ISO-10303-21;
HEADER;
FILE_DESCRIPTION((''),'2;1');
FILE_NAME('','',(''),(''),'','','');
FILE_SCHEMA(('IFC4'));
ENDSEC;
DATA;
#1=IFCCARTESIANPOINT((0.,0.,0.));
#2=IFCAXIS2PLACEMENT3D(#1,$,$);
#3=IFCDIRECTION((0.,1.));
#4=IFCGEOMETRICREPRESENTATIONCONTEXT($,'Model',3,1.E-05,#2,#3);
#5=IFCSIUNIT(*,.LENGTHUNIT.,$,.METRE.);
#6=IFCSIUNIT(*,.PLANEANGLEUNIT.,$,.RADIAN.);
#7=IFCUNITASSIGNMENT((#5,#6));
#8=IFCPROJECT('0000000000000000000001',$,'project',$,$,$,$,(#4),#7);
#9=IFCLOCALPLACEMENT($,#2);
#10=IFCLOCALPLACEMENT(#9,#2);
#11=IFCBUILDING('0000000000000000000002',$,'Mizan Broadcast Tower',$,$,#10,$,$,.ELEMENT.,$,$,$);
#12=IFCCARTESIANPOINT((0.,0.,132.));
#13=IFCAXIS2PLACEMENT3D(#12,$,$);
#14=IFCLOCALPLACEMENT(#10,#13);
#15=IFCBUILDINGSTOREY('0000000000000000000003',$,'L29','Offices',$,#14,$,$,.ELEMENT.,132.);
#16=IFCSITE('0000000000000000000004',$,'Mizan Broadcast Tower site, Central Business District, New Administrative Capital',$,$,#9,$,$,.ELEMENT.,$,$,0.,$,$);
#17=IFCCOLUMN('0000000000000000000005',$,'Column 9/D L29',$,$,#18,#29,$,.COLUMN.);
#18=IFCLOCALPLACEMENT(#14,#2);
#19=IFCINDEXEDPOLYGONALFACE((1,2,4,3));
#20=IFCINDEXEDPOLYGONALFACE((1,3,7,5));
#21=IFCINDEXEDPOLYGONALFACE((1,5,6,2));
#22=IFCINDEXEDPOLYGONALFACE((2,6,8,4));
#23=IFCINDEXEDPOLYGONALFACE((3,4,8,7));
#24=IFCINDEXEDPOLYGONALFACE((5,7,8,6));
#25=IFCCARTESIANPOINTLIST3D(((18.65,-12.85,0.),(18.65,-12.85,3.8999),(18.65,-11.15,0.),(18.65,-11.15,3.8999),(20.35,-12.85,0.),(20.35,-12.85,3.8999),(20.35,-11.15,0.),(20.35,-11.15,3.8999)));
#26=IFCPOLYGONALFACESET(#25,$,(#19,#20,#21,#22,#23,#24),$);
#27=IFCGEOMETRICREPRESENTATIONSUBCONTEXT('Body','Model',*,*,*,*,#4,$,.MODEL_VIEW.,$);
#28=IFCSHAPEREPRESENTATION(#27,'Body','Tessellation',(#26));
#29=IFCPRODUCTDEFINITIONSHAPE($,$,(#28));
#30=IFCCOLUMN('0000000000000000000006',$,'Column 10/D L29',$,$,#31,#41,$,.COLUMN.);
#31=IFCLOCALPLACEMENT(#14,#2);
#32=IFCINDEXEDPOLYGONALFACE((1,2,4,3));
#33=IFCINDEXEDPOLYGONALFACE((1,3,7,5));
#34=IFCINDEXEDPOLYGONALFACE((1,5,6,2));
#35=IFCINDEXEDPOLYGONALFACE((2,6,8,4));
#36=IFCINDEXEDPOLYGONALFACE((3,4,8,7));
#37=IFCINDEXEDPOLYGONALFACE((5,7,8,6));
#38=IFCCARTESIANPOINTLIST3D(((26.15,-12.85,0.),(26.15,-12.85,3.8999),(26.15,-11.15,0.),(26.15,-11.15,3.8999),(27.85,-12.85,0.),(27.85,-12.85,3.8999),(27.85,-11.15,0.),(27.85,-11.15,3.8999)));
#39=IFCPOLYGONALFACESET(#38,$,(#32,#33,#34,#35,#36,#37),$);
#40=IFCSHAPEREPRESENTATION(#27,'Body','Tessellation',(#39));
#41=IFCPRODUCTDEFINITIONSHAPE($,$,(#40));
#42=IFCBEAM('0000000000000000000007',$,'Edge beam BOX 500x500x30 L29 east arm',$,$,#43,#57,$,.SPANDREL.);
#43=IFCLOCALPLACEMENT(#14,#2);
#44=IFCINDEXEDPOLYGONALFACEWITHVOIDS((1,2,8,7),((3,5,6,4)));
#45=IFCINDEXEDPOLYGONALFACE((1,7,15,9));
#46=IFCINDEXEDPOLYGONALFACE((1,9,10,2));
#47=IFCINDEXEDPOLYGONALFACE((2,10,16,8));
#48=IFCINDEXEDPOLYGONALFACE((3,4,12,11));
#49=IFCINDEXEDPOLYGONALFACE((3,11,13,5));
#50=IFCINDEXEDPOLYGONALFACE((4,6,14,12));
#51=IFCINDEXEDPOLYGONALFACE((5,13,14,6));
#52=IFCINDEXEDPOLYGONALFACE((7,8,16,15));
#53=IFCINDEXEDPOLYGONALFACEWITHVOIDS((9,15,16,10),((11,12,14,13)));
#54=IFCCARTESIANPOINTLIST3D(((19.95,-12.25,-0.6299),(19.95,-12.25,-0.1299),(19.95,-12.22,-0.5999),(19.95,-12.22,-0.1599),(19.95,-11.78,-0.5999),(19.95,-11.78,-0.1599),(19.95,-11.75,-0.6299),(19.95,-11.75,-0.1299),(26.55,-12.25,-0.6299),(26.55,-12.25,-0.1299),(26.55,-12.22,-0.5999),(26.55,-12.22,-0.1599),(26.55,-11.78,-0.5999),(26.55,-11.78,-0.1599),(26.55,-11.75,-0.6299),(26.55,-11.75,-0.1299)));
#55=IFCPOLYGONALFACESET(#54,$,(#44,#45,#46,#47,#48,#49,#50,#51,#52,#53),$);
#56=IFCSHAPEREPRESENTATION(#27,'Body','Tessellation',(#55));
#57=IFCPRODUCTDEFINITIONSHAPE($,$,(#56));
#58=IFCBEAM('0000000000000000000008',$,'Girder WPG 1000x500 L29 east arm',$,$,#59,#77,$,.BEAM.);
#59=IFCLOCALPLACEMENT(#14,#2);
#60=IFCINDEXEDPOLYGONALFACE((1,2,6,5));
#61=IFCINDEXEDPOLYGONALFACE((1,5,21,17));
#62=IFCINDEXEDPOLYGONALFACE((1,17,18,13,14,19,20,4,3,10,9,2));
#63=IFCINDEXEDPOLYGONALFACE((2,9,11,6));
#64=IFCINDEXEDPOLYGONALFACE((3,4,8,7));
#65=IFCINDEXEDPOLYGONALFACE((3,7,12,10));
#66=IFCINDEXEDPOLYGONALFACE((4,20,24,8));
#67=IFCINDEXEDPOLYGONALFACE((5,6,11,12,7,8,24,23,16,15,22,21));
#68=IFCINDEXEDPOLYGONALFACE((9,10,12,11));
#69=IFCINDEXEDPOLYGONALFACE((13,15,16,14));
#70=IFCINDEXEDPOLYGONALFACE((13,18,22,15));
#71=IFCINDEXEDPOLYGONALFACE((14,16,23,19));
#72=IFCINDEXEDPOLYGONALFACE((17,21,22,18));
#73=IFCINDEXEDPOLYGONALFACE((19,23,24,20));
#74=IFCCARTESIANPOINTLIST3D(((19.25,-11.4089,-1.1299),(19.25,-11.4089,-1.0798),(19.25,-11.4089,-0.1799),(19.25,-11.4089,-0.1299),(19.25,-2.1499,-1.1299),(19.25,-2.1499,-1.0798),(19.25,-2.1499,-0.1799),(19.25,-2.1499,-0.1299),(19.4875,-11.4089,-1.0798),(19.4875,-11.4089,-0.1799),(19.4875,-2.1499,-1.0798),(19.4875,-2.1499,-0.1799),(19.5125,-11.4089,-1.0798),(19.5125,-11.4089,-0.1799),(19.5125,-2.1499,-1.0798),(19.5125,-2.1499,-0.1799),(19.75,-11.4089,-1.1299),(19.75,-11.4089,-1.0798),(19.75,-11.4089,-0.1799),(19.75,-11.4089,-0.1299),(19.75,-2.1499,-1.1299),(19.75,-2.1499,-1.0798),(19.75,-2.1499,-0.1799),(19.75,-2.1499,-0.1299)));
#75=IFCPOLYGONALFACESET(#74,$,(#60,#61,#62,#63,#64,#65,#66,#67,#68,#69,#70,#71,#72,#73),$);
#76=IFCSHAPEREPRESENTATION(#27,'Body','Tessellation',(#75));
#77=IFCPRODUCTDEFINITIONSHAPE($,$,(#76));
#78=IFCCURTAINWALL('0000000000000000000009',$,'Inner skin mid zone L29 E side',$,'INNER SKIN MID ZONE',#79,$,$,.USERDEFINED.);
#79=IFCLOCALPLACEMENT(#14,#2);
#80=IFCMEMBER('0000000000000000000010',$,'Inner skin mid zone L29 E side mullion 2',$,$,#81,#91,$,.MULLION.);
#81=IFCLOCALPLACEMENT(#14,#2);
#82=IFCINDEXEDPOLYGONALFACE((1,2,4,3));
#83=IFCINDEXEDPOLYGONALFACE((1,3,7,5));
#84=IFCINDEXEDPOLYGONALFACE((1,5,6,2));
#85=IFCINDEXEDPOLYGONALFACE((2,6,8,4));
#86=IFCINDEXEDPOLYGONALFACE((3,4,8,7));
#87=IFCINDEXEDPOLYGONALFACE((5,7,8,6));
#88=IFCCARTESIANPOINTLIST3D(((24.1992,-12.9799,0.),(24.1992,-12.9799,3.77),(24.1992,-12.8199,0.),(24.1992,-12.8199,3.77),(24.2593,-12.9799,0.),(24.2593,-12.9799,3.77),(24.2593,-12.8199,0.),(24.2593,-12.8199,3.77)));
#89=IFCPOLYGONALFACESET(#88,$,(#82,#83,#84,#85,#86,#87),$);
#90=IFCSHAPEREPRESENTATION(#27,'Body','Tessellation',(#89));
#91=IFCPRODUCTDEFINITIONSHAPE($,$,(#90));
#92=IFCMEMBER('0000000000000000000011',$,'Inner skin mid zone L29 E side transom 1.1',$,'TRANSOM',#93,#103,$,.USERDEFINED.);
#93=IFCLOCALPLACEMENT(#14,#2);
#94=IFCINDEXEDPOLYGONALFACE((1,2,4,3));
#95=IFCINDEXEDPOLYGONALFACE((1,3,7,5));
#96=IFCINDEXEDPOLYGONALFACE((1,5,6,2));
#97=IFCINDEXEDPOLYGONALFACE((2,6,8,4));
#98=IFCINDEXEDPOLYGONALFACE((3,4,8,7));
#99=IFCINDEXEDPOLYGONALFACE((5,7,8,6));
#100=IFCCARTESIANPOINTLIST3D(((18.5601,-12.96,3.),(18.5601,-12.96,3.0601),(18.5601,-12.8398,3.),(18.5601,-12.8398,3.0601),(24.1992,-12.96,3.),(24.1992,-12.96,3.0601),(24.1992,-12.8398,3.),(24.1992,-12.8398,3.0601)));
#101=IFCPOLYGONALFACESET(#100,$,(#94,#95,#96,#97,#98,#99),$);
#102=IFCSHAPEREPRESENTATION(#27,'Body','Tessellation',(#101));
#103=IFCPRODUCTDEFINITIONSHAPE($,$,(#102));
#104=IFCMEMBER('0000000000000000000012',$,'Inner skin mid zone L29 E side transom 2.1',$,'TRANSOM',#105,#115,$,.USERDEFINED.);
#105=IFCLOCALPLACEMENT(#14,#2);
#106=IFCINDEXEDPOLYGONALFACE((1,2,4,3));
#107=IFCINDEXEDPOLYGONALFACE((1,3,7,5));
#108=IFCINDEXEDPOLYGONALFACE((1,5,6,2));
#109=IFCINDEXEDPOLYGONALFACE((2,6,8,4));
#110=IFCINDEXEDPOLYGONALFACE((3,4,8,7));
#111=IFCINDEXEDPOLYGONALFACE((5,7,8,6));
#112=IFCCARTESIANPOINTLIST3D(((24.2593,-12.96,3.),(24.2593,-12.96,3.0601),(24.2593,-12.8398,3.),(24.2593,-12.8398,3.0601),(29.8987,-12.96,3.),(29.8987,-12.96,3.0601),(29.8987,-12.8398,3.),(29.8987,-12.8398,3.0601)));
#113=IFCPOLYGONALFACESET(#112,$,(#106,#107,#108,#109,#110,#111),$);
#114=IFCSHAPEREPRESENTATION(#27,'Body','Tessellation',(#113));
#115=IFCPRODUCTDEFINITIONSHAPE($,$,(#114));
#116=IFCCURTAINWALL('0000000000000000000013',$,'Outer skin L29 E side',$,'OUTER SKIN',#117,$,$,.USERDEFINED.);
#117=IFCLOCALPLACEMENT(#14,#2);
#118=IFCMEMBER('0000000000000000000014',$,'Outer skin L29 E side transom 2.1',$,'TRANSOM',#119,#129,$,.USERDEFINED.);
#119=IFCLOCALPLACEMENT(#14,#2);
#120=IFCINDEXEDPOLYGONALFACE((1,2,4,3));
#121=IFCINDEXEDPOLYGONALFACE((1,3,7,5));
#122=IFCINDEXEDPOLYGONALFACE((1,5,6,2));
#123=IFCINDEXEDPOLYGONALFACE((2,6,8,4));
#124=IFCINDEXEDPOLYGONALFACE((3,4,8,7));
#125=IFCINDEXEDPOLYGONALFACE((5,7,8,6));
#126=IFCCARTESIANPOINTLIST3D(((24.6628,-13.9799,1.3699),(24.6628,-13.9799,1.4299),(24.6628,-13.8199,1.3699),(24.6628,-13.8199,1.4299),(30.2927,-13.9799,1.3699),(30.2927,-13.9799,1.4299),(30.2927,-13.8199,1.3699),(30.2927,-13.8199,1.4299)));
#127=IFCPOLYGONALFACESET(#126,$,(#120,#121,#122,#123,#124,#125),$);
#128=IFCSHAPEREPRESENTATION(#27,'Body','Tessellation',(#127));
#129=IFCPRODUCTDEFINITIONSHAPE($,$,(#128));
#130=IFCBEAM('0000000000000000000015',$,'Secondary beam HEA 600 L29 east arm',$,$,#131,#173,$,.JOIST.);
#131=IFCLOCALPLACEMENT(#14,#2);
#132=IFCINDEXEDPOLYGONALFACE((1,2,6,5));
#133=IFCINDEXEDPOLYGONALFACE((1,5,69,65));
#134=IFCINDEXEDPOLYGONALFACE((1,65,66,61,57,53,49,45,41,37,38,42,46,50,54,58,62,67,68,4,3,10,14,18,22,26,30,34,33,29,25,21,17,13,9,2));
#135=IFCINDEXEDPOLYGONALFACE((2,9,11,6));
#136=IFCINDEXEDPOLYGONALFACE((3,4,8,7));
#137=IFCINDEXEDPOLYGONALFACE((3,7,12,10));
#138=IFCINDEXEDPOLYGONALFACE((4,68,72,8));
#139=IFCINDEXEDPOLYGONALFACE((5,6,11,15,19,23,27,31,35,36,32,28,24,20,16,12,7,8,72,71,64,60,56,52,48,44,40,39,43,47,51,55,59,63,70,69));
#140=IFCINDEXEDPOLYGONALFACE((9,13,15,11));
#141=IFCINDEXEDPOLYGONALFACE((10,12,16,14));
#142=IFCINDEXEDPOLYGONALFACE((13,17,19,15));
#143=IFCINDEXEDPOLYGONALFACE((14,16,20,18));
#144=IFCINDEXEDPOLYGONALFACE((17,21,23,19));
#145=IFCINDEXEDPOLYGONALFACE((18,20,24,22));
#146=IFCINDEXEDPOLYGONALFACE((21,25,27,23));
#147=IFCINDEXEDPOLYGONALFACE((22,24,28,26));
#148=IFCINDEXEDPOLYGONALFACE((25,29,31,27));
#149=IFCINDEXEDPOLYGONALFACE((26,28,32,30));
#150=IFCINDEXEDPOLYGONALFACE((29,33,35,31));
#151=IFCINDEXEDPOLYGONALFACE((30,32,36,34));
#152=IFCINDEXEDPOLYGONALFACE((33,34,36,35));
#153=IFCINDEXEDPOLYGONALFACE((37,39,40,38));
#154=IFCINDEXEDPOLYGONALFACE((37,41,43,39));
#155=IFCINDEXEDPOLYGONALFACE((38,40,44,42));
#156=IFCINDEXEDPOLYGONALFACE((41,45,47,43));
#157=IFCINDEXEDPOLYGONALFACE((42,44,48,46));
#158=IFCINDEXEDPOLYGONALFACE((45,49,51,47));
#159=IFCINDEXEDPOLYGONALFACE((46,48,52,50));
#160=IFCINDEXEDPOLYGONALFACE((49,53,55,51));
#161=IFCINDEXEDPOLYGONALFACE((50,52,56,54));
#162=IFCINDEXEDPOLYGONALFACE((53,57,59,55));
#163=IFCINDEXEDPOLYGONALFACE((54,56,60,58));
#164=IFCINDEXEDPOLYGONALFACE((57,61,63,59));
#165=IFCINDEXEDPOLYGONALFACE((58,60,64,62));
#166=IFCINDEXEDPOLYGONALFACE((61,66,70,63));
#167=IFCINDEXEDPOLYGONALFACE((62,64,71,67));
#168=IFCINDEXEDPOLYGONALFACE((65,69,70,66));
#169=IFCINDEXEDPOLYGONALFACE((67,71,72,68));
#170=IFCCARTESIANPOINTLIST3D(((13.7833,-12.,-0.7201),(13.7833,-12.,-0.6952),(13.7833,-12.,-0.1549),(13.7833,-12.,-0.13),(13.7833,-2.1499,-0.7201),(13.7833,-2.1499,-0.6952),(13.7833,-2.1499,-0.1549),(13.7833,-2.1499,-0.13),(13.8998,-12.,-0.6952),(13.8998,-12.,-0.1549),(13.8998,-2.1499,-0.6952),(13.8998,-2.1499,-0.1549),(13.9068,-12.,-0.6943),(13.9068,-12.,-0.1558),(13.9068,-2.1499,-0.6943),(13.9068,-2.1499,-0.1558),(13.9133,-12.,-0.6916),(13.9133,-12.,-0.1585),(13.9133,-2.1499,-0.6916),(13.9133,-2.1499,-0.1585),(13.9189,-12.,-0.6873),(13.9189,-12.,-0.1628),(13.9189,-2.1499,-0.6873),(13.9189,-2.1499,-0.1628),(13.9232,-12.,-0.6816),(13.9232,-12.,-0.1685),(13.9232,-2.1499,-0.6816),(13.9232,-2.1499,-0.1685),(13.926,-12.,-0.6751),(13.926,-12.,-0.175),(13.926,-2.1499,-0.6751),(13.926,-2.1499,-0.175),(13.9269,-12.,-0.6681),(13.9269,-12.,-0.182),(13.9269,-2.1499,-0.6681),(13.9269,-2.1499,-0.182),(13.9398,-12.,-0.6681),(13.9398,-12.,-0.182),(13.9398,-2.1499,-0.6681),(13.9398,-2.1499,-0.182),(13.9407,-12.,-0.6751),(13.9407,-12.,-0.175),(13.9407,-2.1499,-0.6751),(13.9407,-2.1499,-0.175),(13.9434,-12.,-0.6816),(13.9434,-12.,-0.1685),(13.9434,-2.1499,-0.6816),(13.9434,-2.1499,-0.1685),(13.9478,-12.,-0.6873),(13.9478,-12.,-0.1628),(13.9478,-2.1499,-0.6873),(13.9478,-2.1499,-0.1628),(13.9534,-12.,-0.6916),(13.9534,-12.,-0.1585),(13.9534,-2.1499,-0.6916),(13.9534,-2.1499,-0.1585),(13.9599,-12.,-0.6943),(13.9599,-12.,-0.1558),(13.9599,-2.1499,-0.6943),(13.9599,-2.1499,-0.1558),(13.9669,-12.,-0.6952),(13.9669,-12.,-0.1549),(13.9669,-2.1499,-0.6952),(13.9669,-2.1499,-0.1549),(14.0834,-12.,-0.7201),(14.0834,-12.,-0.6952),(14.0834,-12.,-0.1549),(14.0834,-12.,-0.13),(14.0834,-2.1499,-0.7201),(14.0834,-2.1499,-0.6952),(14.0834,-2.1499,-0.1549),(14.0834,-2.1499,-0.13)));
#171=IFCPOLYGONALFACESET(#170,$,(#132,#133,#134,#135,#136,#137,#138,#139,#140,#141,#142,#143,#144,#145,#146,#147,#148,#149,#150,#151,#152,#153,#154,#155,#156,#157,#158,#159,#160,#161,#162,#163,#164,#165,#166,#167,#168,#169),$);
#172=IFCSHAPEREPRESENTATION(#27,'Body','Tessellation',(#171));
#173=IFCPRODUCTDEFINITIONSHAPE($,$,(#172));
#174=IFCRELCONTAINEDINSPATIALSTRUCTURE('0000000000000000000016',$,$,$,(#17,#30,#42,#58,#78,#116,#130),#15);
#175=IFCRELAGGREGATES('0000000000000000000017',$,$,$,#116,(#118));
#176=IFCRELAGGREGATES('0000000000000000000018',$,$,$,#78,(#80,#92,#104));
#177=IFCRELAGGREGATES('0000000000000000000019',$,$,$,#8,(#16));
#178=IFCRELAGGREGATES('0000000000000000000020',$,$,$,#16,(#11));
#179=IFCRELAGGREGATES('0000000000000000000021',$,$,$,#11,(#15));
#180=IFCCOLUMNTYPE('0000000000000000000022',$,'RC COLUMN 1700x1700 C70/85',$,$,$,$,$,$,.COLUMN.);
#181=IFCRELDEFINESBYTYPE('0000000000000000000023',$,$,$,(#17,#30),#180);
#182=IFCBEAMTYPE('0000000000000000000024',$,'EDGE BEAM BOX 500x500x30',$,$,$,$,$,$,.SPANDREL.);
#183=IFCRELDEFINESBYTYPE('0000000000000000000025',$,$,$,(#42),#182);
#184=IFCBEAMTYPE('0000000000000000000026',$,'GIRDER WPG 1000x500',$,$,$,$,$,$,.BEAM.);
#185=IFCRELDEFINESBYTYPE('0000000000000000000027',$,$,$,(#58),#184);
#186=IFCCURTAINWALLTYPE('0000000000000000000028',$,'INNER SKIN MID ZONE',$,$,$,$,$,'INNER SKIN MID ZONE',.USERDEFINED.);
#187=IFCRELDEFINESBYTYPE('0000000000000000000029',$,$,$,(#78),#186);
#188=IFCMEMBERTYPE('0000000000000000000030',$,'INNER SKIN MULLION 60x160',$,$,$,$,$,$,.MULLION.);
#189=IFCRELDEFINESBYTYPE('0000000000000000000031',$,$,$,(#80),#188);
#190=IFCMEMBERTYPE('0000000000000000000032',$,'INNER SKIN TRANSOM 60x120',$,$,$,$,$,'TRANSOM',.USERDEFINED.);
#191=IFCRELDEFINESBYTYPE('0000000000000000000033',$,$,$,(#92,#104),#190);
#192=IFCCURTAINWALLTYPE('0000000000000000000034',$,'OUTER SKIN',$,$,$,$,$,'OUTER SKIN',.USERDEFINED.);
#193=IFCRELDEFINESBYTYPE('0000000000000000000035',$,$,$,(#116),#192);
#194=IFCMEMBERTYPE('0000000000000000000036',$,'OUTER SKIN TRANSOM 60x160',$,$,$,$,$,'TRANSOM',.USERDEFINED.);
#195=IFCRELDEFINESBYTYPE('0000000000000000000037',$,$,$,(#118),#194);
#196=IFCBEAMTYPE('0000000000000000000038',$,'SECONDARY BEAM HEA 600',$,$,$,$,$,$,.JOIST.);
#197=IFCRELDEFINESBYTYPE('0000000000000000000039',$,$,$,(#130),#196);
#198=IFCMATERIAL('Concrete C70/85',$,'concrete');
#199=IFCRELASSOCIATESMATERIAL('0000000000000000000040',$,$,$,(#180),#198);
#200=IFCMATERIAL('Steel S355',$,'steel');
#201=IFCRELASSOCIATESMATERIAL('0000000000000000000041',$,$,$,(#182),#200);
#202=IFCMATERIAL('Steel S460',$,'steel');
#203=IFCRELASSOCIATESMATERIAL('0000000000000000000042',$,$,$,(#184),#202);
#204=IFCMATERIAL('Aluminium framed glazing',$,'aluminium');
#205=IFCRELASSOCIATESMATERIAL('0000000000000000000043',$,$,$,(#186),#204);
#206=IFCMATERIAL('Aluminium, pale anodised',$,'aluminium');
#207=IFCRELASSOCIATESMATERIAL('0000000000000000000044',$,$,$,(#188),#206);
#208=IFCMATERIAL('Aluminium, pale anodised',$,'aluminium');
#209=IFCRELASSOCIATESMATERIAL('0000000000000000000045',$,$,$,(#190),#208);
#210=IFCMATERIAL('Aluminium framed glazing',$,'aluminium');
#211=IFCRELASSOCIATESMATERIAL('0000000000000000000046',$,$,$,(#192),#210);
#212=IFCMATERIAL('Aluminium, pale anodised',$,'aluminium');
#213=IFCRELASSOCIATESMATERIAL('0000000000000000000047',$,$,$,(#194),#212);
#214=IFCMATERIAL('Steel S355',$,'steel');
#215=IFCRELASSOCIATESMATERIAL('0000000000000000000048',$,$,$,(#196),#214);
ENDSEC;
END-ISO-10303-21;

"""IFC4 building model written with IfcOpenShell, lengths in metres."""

from ifc_helpers import new_model, si_unit, direction, frame, origin, origin_2d, place, context, subcontext, project, spatial, rectangle, hollow_rectangle, i_section, extrude, material, material_profile, profile_set, type_object, element, aggregate, save


model = new_model("IFC4")

# Units and contexts
model_context = context("Model", 3, precision=1e-05, world=origin(), true_north=direction((0.0, 1.0)))
body_context = subcontext(model_context, "Body", "Model", "MODEL_VIEW")
ifc_project = project(units=[si_unit("LENGTHUNIT", "METRE"), si_unit("PLANEANGLEUNIT", "RADIAN")], contexts=[model_context])

# Site, building, storey
site_placement = place(None, origin())
site = spatial("IfcSite", under=ifc_project, at=site_placement, Name="Mizan Broadcast Tower site, Central Business District, New Administrative Capital", CompositionType="ELEMENT", RefElevation=0.0)
building_placement = place(site_placement, origin())
building = spatial("IfcBuilding", under=site, at=building_placement, Name="Mizan Broadcast Tower", CompositionType="ELEMENT")
storey_placement = place(building_placement, frame((0.0, 0.0, 132.0)))
storey = spatial("IfcBuildingStorey", under=building, at=storey_placement, Name="L29", Description="Offices", CompositionType="ELEMENT", Elevation=132.0)

# Columns
ifc_material_1 = material(Name="Concrete C70/85", Category="concrete")
ifc_material_profile_1 = material_profile(ifc_material_1, rectangle(XDim=1.7, YDim=1.7, at=origin_2d()), Name="RC 1700x1700")
ifc_profile_set_1 = profile_set([ifc_material_profile_1], Name="Concrete C70/85")
column_type = type_object("IfcColumnType", Name="RC COLUMN 1700x1700 C70/85", PredefinedType="COLUMN", material=ifc_profile_set_1)
for number, where, z_axis, x_axis, name in (
    (1, (19.5, -12.0, 0.0), (0.0, 0.0, 1.0), (1.0, 0.0, 0.0), "Column 9/D L29"),
    (2, (27.0, -12.0, 0.0), (0.0, 0.0, 1.0), (1.0, 0.0, 0.0), "Column 10/D L29"),
):
    element("IfcColumn", number, at=place(storey_placement, frame(where, z_axis=z_axis, x_axis=x_axis)), inside=storey, type_object=column_type, Name=name, PredefinedType="COLUMN", context=body_context, shape_type="SweptSolid", body=[
        extrude(rectangle(XDim=1.7, YDim=1.7, at=origin_2d()), origin(), (0.0, 0.0, 1.0), 3.8999),
    ])

# Beams
ifc_material_2 = material(Name="Steel S355", Category="steel")
ifc_material_profile_2 = material_profile(ifc_material_2, hollow_rectangle(XDim=0.5, YDim=0.5, WallThickness=0.03, at=origin_2d()), Name="BOX 500x500x30")
ifc_profile_set_2 = profile_set([ifc_material_profile_2], Name="Steel S355")
beam_type_1 = type_object("IfcBeamType", Name="EDGE BEAM BOX 500x500x30", PredefinedType="SPANDREL", material=ifc_profile_set_2)
beam_1_placement = place(storey_placement, frame((19.95, -12.0, -0.3799), z_axis=(1.0, 0.0, 0.0), x_axis=(0.0, 1.0, 0.0)))
element("IfcBeam", 3, at=beam_1_placement, inside=storey, type_object=beam_type_1, Name="Edge beam BOX 500x500x30 L29 east arm", PredefinedType="SPANDREL", context=body_context, shape_type="SweptSolid", body=[
    extrude(hollow_rectangle(XDim=0.5, YDim=0.5, WallThickness=0.03, at=origin_2d()), origin(), (0.0, 0.0, 1.0), 6.6001),
])
ifc_material_3 = material(Name="Steel S460", Category="steel")
ifc_material_profile_3 = material_profile(ifc_material_3, i_section(OverallWidth=0.5, OverallDepth=1.0, WebThickness=0.0249, FlangeThickness=0.05, at=origin_2d()), Name="WPG 1000x500")
ifc_profile_set_3 = profile_set([ifc_material_profile_3], Name="Steel S460")
beam_type_2 = type_object("IfcBeamType", Name="GIRDER WPG 1000x500", PredefinedType="BEAM", material=ifc_profile_set_3)
beam_2_placement = place(storey_placement, frame((19.5, -11.4089, -0.6299), z_axis=(0.0, 1.0, 0.0), x_axis=(-1.0, 0.0, 0.0)))
element("IfcBeam", 4, at=beam_2_placement, inside=storey, type_object=beam_type_2, Name="Girder WPG 1000x500 L29 east arm", PredefinedType="BEAM", context=body_context, shape_type="SweptSolid", body=[
    extrude(i_section(OverallWidth=0.5, OverallDepth=1.0, WebThickness=0.0249, FlangeThickness=0.05, at=origin_2d()), origin(), (0.0, 0.0, 1.0), 9.259),
])

# Curtain wall, members
ifc_material_4 = material(Name="Aluminium framed glazing", Category="aluminium")
curtain_wall_type_1 = type_object("IfcCurtainWallType", Name="INNER SKIN MID ZONE", ElementType="INNER SKIN MID ZONE", PredefinedType="USERDEFINED", material=ifc_material_4)
curtain_wall_1_placement = place(storey_placement, origin())
curtain_wall_1 = element("IfcCurtainWall", 5, at=curtain_wall_1_placement, inside=storey, type_object=curtain_wall_type_1, Name="Inner skin mid zone L29 E side", ObjectType="INNER SKIN MID ZONE", PredefinedType="USERDEFINED")
ifc_material_5 = material(Name="Aluminium, pale anodised", Category="aluminium")
ifc_material_profile_4 = material_profile(ifc_material_5, rectangle(XDim=0.1599, YDim=0.0601, at=origin_2d()), Name="MULLION 160x60")
ifc_profile_set_4 = profile_set([ifc_material_profile_4], Name="Aluminium, pale anodised")
member_type_1 = type_object("IfcMemberType", Name="INNER SKIN MULLION 60x160", PredefinedType="MULLION", material=ifc_profile_set_4)
member_1_placement = place(storey_placement, frame((24.2292, -12.8999, 0.0), z_axis=(0.0, 0.0, 1.0), x_axis=(0.0, 1.0, 0.0)))
member_1 = element("IfcMember", 6, at=member_1_placement, type_object=member_type_1, Name="Inner skin mid zone L29 E side mullion 2", PredefinedType="MULLION", context=body_context, shape_type="SweptSolid", body=[
    extrude(rectangle(XDim=0.1599, YDim=0.0601, at=origin_2d()), origin(), (0.0, 0.0, 1.0), 3.77),
])
ifc_material_6 = material(Name="Aluminium, pale anodised", Category="aluminium")
ifc_material_profile_5 = material_profile(ifc_material_6, rectangle(XDim=0.1201, YDim=0.0601, at=origin_2d()), Name="TRANSOM 120x60")
ifc_profile_set_5 = profile_set([ifc_material_profile_5], Name="Aluminium, pale anodised")
member_type_2 = type_object("IfcMemberType", Name="INNER SKIN TRANSOM 60x120", ElementType="TRANSOM", PredefinedType="USERDEFINED", material=ifc_profile_set_5)
member_2_placement = place(storey_placement, frame((18.5601, -12.8999, 3.03), z_axis=(1.0, 0.0, 0.0), x_axis=(0.0, 1.0, 0.0)))
member_2 = element("IfcMember", 7, at=member_2_placement, type_object=member_type_2, Name="Inner skin mid zone L29 E side transom 1.1", ObjectType="TRANSOM", PredefinedType="USERDEFINED", context=body_context, shape_type="SweptSolid", body=[
    extrude(rectangle(XDim=0.1201, YDim=0.0601, at=origin_2d()), origin(), (0.0, 0.0, 1.0), 5.6392),
])
member_3_placement = place(storey_placement, frame((24.2593, -12.8999, 3.03), z_axis=(1.0, 0.0, 0.0), x_axis=(0.0, 1.0, 0.0)))
member_3 = element("IfcMember", 8, at=member_3_placement, type_object=member_type_2, Name="Inner skin mid zone L29 E side transom 2.1", ObjectType="TRANSOM", PredefinedType="USERDEFINED", context=body_context, shape_type="SweptSolid", body=[
    extrude(rectangle(XDim=0.1201, YDim=0.0601, at=origin_2d()), origin(), (0.0, 0.0, 1.0), 5.6394),
])

# Curtain wall, member
ifc_material_7 = material(Name="Aluminium framed glazing", Category="aluminium")
curtain_wall_type_2 = type_object("IfcCurtainWallType", Name="OUTER SKIN", ElementType="OUTER SKIN", PredefinedType="USERDEFINED", material=ifc_material_7)
curtain_wall_2_placement = place(storey_placement, origin())
curtain_wall_2 = element("IfcCurtainWall", 9, at=curtain_wall_2_placement, inside=storey, type_object=curtain_wall_type_2, Name="Outer skin L29 E side", ObjectType="OUTER SKIN", PredefinedType="USERDEFINED")
ifc_material_8 = material(Name="Aluminium, pale anodised", Category="aluminium")
ifc_material_profile_6 = material_profile(ifc_material_8, rectangle(XDim=0.1599, YDim=0.0601, at=origin_2d()), Name="TRANSOM 160x60")
ifc_profile_set_6 = profile_set([ifc_material_profile_6], Name="Aluminium, pale anodised")
member_type_3 = type_object("IfcMemberType", Name="OUTER SKIN TRANSOM 60x160", ElementType="TRANSOM", PredefinedType="USERDEFINED", material=ifc_profile_set_6)
member_4_placement = place(storey_placement, frame((24.6628, -13.8999, 1.3999), z_axis=(1.0, 0.0, 0.0), x_axis=(0.0, 1.0, 0.0)))
member_4 = element("IfcMember", 10, at=member_4_placement, type_object=member_type_3, Name="Outer skin L29 E side transom 2.1", ObjectType="TRANSOM", PredefinedType="USERDEFINED", context=body_context, shape_type="SweptSolid", body=[
    extrude(rectangle(XDim=0.1599, YDim=0.0601, at=origin_2d()), origin(), (0.0, 0.0, 1.0), 5.6299),
])
aggregate(curtain_wall_2, [member_4])

# Beam
ifc_material_9 = material(Name="Steel S355", Category="steel")
ifc_material_profile_7 = material_profile(ifc_material_9, i_section(OverallWidth=0.3, OverallDepth=0.5901, WebThickness=0.0129, FlangeThickness=0.0249, FilletRadius=0.0271, at=origin_2d()), Name="HEA 600")
ifc_profile_set_7 = profile_set([ifc_material_profile_7], Name="Steel S355")
beam_type_3 = type_object("IfcBeamType", Name="SECONDARY BEAM HEA 600", PredefinedType="JOIST", material=ifc_profile_set_7)
for number, where, z_axis, x_axis, name in (
    (11, (13.9333, -12.0, -0.425), (0.0, 1.0, 0.0), (-1.0, 0.0, 0.0), "Secondary beam HEA 600 L29 east arm"),
):
    element("IfcBeam", number, at=place(storey_placement, frame(where, z_axis=z_axis, x_axis=x_axis)), inside=storey, type_object=beam_type_3, Name=name, PredefinedType="JOIST", context=body_context, shape_type="SweptSolid", body=[
        extrude(i_section(OverallWidth=0.3, OverallDepth=0.5901, WebThickness=0.0129, FlangeThickness=0.0249, FilletRadius=0.0271, at=origin_2d()), origin(), (0.0, 0.0, 1.0), 9.8501),
    ])

aggregate(curtain_wall_1, [member_1, member_2, member_3])

save(model, "model.ifc")
